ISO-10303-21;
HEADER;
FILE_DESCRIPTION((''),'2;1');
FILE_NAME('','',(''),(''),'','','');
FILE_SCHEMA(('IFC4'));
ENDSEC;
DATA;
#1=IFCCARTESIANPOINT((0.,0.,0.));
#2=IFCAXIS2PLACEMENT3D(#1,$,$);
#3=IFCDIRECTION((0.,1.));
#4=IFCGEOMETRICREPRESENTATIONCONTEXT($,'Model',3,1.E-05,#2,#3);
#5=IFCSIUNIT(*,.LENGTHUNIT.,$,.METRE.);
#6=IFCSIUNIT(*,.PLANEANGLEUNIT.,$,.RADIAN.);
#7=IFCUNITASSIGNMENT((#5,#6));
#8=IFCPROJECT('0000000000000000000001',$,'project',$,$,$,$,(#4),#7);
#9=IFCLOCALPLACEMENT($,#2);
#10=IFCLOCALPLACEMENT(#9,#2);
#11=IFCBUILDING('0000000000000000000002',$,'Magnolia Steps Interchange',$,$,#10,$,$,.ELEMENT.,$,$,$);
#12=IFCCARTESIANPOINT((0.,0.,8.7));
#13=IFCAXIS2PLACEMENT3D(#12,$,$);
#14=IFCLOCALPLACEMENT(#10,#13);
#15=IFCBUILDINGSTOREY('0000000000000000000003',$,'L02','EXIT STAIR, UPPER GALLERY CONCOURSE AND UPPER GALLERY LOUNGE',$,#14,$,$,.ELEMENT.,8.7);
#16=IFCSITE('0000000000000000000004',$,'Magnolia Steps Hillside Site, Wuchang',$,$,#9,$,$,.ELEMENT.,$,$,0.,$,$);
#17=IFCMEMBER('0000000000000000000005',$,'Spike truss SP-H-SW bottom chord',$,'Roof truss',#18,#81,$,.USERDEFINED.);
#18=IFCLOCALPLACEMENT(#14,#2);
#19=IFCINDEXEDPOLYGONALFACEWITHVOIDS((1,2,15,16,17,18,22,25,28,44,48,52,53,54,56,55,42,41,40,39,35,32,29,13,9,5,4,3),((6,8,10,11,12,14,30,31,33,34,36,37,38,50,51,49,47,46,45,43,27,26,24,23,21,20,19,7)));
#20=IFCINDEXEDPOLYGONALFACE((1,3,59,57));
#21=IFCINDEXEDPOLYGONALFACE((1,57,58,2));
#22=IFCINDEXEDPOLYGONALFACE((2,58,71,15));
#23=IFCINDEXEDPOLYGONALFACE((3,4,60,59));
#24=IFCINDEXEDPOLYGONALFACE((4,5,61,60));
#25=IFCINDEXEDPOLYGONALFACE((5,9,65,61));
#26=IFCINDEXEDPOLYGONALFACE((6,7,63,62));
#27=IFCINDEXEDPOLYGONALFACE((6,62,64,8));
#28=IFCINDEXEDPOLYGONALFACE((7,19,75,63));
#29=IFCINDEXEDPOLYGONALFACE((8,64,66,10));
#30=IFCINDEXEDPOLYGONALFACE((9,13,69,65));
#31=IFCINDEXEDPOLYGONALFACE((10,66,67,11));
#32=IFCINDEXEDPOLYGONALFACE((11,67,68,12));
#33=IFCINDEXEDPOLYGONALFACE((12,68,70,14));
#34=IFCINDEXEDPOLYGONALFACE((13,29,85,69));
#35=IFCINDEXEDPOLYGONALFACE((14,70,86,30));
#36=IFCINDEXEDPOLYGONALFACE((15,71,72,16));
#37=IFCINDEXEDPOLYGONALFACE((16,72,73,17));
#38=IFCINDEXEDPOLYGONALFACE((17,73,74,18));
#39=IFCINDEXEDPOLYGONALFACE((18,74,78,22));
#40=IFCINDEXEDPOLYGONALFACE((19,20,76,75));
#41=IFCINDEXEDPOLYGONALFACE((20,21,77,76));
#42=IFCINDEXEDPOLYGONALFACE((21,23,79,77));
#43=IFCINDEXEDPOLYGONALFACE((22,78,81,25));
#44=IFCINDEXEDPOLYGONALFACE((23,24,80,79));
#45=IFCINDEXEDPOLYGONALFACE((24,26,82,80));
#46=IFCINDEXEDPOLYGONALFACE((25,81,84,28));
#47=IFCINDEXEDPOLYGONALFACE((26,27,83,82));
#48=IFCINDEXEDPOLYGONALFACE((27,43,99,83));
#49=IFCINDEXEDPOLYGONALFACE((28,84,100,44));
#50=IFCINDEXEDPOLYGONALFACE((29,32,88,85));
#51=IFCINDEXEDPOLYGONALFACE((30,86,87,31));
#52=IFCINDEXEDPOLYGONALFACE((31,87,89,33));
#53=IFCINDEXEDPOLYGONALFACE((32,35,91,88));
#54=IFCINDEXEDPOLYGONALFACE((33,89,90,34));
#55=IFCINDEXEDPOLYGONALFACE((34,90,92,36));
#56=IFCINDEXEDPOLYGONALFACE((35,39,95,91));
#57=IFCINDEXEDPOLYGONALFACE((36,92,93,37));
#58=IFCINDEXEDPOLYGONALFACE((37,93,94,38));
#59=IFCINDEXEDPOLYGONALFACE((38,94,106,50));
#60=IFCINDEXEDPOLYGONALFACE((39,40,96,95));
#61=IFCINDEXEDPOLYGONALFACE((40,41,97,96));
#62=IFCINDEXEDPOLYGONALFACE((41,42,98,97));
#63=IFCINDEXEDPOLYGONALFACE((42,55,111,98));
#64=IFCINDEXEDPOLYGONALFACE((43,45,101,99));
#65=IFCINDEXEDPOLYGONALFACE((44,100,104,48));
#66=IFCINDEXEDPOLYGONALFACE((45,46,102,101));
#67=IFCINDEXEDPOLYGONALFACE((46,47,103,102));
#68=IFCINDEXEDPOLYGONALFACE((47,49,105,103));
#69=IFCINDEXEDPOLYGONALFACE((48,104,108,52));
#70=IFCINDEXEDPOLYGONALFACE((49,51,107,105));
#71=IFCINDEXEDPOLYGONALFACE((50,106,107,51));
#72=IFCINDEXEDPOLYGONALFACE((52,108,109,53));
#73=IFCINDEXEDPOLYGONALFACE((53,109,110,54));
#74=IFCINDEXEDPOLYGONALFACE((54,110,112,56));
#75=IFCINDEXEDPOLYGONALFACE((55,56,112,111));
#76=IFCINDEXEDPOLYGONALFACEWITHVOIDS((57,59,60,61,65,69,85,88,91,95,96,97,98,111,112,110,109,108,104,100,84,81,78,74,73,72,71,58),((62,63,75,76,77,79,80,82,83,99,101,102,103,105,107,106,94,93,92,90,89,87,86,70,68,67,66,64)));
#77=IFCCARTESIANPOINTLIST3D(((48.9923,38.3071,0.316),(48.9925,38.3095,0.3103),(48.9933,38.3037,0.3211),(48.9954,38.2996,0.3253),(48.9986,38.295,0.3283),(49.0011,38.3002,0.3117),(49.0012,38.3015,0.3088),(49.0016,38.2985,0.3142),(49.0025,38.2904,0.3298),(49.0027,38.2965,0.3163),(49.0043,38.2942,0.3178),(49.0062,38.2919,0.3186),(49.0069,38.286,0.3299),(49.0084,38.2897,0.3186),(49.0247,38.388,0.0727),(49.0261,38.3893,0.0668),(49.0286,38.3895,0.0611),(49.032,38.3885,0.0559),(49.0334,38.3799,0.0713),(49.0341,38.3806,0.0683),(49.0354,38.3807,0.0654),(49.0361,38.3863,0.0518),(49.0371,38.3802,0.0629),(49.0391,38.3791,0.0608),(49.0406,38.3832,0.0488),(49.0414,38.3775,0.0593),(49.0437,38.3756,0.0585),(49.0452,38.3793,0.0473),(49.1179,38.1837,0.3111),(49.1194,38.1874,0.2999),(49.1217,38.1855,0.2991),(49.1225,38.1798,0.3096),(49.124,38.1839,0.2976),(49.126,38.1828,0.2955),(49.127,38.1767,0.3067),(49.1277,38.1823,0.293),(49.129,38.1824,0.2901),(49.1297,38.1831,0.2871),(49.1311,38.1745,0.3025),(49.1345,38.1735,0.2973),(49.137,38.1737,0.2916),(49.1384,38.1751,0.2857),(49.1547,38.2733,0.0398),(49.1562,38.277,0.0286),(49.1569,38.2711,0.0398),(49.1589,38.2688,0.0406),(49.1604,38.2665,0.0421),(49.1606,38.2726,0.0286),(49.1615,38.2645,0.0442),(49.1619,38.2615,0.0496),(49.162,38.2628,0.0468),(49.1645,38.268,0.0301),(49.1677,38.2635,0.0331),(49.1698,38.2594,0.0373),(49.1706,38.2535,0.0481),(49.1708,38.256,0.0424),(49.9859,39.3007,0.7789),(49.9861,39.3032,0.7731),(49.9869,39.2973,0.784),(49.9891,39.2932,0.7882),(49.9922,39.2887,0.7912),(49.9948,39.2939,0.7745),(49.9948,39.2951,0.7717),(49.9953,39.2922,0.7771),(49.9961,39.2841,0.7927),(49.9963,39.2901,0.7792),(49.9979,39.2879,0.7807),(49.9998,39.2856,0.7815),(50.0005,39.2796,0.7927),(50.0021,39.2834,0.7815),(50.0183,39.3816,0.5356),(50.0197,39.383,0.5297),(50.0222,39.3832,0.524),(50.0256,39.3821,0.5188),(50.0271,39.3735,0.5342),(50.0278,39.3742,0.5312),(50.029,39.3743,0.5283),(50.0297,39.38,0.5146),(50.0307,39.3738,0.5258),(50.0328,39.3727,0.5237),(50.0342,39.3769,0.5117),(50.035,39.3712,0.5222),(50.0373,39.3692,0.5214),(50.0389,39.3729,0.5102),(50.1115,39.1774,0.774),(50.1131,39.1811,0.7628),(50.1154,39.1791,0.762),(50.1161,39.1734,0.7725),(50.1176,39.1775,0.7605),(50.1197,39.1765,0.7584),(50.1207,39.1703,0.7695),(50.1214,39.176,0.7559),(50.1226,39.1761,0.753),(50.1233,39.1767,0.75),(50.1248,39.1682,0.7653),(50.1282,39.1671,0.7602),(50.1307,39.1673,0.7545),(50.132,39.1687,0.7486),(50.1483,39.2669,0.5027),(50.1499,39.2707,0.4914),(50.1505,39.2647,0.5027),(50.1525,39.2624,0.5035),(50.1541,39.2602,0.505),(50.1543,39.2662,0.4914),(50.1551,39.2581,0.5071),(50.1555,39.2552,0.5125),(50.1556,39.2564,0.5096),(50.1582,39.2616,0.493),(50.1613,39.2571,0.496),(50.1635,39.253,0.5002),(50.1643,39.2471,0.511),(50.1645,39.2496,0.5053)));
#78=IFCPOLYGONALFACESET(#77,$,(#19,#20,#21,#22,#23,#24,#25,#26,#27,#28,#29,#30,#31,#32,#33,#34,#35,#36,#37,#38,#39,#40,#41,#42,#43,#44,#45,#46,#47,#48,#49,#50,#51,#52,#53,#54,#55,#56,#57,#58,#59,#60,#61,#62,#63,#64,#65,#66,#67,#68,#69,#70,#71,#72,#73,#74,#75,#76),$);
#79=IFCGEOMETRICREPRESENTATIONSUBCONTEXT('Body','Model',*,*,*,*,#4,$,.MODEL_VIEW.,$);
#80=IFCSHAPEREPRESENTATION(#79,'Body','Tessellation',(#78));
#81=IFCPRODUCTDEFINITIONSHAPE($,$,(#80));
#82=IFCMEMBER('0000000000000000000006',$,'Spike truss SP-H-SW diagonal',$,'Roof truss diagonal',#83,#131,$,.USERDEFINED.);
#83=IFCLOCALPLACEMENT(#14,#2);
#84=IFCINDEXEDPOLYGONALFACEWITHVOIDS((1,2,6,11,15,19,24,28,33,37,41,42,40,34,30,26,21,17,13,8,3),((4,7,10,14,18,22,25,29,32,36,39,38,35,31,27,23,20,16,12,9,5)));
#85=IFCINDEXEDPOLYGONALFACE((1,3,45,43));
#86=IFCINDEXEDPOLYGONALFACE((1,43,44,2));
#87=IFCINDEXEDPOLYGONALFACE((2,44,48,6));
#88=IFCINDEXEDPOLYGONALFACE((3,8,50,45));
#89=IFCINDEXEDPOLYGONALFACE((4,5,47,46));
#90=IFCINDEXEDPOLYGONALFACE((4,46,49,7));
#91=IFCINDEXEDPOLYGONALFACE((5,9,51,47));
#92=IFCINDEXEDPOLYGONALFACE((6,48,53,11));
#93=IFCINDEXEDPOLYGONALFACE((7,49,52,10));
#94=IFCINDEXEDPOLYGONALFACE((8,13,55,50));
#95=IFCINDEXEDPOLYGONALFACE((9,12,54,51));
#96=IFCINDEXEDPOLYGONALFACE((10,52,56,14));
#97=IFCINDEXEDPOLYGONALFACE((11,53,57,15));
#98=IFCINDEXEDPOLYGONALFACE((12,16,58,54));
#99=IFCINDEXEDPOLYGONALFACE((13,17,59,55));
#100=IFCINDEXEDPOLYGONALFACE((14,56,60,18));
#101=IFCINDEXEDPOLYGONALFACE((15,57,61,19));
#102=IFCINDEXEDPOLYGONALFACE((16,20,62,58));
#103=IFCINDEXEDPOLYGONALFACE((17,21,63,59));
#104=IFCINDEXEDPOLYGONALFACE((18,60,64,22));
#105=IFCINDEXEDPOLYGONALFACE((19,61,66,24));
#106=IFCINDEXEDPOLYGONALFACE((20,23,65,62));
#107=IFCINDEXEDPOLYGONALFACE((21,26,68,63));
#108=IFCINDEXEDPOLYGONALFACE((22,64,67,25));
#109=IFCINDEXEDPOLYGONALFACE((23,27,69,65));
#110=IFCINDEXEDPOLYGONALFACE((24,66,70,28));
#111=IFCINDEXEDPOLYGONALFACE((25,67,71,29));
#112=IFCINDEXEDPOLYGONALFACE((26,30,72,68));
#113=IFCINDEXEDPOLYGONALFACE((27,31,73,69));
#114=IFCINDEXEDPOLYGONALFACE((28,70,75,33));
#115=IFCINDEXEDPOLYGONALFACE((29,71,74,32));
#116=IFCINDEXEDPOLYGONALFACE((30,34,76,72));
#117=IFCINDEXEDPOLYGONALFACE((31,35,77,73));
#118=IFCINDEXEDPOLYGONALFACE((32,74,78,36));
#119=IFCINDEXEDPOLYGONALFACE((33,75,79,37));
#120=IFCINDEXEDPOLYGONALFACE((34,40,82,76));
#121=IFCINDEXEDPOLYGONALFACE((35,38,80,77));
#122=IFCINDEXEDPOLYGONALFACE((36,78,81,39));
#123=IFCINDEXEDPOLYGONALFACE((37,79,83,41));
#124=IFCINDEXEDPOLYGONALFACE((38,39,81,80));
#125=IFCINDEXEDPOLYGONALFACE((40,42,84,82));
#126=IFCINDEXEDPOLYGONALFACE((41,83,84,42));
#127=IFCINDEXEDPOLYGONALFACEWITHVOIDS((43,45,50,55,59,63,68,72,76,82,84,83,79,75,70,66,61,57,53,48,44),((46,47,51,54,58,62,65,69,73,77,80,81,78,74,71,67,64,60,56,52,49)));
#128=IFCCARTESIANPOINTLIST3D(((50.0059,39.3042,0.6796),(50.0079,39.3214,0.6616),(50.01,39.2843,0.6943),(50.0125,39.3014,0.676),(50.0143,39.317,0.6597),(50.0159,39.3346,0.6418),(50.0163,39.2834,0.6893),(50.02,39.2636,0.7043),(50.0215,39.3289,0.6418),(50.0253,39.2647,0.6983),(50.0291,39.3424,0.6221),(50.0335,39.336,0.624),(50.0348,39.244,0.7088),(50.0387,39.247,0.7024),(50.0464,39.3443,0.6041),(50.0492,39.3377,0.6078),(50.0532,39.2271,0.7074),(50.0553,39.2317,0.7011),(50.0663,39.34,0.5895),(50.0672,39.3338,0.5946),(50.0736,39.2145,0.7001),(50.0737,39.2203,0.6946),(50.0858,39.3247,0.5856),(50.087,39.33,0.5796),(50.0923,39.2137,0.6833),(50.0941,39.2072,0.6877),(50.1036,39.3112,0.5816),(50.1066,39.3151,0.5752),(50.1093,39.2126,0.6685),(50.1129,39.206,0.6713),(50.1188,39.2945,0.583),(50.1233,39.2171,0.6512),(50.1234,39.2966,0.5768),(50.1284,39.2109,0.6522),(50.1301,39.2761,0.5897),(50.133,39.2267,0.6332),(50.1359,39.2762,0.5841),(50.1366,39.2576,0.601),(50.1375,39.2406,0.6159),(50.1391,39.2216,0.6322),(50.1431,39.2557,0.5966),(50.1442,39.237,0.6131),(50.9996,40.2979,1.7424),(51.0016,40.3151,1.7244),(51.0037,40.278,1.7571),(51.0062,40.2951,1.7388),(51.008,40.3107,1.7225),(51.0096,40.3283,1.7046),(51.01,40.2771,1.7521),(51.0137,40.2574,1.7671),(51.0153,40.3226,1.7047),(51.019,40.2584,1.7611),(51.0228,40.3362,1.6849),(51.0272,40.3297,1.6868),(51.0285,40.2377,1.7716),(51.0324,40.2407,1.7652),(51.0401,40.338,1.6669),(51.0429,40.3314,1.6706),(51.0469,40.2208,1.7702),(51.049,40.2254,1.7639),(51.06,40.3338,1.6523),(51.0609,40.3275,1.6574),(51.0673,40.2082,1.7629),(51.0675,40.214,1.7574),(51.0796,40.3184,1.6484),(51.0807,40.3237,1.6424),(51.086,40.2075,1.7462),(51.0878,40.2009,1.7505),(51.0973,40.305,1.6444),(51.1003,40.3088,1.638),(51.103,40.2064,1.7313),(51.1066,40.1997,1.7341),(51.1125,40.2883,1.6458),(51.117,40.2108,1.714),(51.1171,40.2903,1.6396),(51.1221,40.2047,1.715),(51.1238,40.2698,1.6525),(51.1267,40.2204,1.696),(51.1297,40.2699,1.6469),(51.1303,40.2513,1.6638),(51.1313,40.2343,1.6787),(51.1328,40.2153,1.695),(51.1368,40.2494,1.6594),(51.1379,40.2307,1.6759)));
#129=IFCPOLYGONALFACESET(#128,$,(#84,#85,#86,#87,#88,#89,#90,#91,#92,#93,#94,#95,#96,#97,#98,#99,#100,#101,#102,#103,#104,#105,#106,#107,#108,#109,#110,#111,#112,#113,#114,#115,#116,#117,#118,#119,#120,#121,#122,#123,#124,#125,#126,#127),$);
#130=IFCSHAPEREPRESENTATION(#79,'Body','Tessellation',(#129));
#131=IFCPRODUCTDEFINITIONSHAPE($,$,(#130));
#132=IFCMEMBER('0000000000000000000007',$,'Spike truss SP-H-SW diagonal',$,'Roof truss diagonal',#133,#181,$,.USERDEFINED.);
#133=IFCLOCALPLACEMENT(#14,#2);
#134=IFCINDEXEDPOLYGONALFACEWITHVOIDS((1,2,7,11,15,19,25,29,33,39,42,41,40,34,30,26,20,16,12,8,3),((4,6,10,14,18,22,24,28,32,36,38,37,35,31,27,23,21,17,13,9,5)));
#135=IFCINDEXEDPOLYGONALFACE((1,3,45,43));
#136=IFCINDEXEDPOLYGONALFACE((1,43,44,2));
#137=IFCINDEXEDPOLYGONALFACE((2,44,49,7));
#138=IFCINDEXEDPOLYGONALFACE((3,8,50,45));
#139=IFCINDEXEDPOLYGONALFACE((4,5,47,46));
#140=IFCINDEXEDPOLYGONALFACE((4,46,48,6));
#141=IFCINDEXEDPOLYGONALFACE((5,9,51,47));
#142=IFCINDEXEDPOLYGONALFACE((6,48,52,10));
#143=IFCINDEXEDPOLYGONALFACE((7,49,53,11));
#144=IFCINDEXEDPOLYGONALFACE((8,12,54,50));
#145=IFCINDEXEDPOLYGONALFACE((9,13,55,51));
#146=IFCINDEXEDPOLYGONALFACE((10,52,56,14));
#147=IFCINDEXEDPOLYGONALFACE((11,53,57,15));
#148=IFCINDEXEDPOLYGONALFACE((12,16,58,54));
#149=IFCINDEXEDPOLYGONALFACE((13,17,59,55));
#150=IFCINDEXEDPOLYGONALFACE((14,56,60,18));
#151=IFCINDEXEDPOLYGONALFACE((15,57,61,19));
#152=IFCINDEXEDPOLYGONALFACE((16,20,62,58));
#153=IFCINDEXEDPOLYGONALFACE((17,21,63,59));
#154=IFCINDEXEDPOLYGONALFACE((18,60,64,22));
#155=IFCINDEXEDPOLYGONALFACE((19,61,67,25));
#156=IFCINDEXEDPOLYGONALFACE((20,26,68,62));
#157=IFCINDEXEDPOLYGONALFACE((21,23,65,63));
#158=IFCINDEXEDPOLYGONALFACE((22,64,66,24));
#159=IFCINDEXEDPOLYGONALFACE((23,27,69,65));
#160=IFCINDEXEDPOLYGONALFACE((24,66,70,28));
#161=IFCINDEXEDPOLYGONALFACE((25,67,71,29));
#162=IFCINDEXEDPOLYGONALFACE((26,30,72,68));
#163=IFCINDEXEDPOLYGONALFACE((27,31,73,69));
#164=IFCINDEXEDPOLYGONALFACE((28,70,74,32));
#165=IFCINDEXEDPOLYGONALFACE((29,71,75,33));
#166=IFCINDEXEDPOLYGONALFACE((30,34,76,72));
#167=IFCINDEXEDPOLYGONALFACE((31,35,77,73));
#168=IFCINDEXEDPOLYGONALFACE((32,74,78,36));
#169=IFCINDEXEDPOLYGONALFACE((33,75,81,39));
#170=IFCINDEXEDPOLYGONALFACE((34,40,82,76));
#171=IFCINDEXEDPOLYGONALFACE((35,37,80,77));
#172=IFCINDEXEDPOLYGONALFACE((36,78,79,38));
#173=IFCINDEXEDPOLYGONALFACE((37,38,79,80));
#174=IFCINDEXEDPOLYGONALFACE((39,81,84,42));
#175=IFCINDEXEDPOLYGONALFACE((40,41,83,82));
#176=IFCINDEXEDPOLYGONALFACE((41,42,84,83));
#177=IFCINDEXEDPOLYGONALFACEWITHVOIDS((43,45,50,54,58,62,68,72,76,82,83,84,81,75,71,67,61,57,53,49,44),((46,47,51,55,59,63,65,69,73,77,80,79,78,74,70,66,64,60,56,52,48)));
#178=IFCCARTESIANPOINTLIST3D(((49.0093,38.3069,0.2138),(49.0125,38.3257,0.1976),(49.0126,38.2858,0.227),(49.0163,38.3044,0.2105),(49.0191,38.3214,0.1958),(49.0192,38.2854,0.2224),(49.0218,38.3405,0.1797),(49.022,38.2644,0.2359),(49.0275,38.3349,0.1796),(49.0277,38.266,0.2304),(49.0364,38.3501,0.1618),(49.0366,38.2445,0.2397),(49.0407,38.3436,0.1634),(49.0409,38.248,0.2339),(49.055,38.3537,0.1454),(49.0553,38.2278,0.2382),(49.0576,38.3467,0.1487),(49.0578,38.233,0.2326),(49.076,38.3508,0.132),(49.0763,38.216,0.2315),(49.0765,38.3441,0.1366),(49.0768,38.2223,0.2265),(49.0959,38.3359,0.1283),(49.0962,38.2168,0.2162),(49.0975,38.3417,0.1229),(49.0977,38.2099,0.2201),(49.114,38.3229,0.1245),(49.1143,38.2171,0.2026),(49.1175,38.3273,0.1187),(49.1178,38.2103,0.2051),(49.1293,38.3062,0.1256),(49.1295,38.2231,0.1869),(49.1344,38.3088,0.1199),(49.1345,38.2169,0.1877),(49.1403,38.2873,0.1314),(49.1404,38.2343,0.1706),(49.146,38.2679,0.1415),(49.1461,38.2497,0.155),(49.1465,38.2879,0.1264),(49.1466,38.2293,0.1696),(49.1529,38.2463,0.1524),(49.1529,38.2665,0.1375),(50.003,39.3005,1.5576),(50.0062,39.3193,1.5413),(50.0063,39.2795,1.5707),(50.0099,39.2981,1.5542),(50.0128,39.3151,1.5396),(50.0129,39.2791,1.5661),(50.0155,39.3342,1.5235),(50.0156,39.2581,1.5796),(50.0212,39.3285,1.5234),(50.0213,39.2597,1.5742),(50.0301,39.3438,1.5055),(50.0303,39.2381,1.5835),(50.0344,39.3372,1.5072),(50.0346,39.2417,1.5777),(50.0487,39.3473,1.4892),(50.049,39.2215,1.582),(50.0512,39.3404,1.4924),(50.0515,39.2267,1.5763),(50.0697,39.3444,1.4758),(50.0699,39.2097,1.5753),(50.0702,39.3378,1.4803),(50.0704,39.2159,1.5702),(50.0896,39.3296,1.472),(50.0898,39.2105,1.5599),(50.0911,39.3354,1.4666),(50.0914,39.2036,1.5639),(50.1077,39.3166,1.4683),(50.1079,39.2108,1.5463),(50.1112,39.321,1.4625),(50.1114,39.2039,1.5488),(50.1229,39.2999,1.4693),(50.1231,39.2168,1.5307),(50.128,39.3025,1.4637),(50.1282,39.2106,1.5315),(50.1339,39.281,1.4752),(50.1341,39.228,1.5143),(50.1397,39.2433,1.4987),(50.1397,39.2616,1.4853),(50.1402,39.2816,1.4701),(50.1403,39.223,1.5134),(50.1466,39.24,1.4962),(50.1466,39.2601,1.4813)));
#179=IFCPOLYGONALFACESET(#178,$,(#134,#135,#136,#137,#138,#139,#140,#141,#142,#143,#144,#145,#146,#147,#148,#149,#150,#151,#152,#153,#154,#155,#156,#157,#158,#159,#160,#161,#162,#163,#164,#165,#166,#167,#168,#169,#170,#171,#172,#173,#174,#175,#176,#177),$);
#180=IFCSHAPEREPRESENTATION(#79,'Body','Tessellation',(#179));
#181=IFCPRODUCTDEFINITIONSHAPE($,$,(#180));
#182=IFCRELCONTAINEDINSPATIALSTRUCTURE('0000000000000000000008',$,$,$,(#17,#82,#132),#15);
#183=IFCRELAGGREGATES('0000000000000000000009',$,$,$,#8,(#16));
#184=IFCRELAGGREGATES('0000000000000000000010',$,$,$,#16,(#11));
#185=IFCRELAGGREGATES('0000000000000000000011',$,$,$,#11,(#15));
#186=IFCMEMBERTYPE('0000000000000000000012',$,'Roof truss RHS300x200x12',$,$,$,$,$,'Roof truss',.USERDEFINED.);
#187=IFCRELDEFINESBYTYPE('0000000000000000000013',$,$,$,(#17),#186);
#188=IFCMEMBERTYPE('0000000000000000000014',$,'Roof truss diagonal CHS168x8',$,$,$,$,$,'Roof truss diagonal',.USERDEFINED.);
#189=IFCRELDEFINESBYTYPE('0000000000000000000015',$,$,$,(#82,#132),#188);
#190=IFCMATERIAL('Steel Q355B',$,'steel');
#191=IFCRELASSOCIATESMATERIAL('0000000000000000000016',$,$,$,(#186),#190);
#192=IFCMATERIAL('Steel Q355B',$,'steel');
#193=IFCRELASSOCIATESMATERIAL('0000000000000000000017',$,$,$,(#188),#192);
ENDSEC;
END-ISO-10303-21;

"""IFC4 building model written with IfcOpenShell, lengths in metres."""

from ifc_helpers import new_model, si_unit, direction, frame, origin, origin_2d, place, context, subcontext, project, spatial, hollow_rectangle, hollow_circle, extrude, material, material_profile, profile_set, type_object, element, save


model = new_model("IFC4")

# Units and contexts
model_context = context("Model", 3, precision=1e-05, world=origin(), true_north=direction((0.0, 1.0)))
body_context = subcontext(model_context, "Body", "Model", "MODEL_VIEW")
ifc_project = project(units=[si_unit("LENGTHUNIT", "METRE"), si_unit("PLANEANGLEUNIT", "RADIAN")], contexts=[model_context])

# Site, building, storey
site_placement = place(None, origin())
site = spatial("IfcSite", under=ifc_project, at=site_placement, Name="Magnolia Steps Hillside Site, Wuchang", CompositionType="ELEMENT", RefElevation=0.0)
building_placement = place(site_placement, origin())
building = spatial("IfcBuilding", under=site, at=building_placement, Name="Magnolia Steps Interchange", CompositionType="ELEMENT")
storey_placement = place(building_placement, frame((0.0, 0.0, 8.7)))
storey = spatial("IfcBuildingStorey", under=building, at=storey_placement, Name="L02", Description="EXIT STAIR, UPPER GALLERY CONCOURSE AND UPPER GALLERY LOUNGE", CompositionType="ELEMENT", Elevation=8.7)

# Members
ifc_material_1 = material(Name="Steel Q355B", Category="steel")
ifc_material_profile_1 = material_profile(ifc_material_1, hollow_rectangle(XDim=0.2, YDim=0.3, WallThickness=0.012, InnerFilletRadius=0.012, OuterFilletRadius=0.0239, at=origin_2d()), Name="RHS300x200x12")
ifc_profile_set_1 = profile_set([ifc_material_profile_1], Name="Steel Q355B")
member_type_1 = type_object("IfcMemberType", Name="Roof truss RHS300x200x12", ElementType="Roof truss", PredefinedType="USERDEFINED", material=ifc_profile_set_1)
for number, where, z_axis, x_axis, name in (
    (1, (50.0752, 39.2751, 0.6421), (-0.671608, -0.671608, -0.312867), (0.729804, -0.672497, -0.123017), "Spike truss SP-H-SW bottom chord"),
):
    element("IfcMember", number, at=place(storey_placement, frame(where, z_axis=z_axis, x_axis=x_axis)), inside=storey, type_object=member_type_1, Name=name, ObjectType="Roof truss", PredefinedType="USERDEFINED", context=body_context, shape_type="SweptSolid", body=[
        extrude(hollow_rectangle(XDim=0.2, YDim=0.3, WallThickness=0.012, InnerFilletRadius=0.012, OuterFilletRadius=0.0239, at=origin_2d()), origin(), (0.0, 0.0, 1.0), 1.4795),
    ])
ifc_material_2 = material(Name="Steel Q355B", Category="steel")
ifc_material_profile_2 = material_profile(ifc_material_2, hollow_circle(Radius=0.084, WallThickness=0.0081, at=origin_2d()), Name="CHS168x8")
ifc_profile_set_2 = profile_set([ifc_material_profile_2], Name="Steel Q355B")
member_type_2 = type_object("IfcMemberType", Name="Roof truss diagonal CHS168x8", ElementType="Roof truss diagonal", PredefinedType="USERDEFINED", material=ifc_profile_set_2)
member_1_placement = place(storey_placement, frame((51.0688, 40.2688, 1.7048), z_axis=(-0.563982, -0.563982, -0.603198), x_axis=(0.761848, -0.637182, -0.116561)))
element("IfcMember", 2, at=member_1_placement, inside=storey, type_object=member_type_2, Name="Spike truss SP-H-SW diagonal", ObjectType="Roof truss diagonal", PredefinedType="USERDEFINED", context=body_context, shape_type="SweptSolid", body=[
    extrude(hollow_circle(Radius=0.084, WallThickness=0.0081, at=origin_2d()), origin(), (0.0, 0.0, 1.0), 1.762),
])
member_2_placement = place(storey_placement, frame((50.0752, 39.2751, 1.5229), z_axis=(-0.511056, -0.511056, -0.691118), x_axis=(0.775173, -0.621436, -0.113683)))
element("IfcMember", 3, at=member_2_placement, inside=storey, type_object=member_type_2, Name="Spike truss SP-H-SW diagonal", ObjectType="Roof truss diagonal", PredefinedType="USERDEFINED", context=body_context, shape_type="SweptSolid", body=[
    extrude(hollow_circle(Radius=0.084, WallThickness=0.0081, at=origin_2d()), origin(), (0.0, 0.0, 1.0), 1.9443),
])

save(model, "model.ifc")
